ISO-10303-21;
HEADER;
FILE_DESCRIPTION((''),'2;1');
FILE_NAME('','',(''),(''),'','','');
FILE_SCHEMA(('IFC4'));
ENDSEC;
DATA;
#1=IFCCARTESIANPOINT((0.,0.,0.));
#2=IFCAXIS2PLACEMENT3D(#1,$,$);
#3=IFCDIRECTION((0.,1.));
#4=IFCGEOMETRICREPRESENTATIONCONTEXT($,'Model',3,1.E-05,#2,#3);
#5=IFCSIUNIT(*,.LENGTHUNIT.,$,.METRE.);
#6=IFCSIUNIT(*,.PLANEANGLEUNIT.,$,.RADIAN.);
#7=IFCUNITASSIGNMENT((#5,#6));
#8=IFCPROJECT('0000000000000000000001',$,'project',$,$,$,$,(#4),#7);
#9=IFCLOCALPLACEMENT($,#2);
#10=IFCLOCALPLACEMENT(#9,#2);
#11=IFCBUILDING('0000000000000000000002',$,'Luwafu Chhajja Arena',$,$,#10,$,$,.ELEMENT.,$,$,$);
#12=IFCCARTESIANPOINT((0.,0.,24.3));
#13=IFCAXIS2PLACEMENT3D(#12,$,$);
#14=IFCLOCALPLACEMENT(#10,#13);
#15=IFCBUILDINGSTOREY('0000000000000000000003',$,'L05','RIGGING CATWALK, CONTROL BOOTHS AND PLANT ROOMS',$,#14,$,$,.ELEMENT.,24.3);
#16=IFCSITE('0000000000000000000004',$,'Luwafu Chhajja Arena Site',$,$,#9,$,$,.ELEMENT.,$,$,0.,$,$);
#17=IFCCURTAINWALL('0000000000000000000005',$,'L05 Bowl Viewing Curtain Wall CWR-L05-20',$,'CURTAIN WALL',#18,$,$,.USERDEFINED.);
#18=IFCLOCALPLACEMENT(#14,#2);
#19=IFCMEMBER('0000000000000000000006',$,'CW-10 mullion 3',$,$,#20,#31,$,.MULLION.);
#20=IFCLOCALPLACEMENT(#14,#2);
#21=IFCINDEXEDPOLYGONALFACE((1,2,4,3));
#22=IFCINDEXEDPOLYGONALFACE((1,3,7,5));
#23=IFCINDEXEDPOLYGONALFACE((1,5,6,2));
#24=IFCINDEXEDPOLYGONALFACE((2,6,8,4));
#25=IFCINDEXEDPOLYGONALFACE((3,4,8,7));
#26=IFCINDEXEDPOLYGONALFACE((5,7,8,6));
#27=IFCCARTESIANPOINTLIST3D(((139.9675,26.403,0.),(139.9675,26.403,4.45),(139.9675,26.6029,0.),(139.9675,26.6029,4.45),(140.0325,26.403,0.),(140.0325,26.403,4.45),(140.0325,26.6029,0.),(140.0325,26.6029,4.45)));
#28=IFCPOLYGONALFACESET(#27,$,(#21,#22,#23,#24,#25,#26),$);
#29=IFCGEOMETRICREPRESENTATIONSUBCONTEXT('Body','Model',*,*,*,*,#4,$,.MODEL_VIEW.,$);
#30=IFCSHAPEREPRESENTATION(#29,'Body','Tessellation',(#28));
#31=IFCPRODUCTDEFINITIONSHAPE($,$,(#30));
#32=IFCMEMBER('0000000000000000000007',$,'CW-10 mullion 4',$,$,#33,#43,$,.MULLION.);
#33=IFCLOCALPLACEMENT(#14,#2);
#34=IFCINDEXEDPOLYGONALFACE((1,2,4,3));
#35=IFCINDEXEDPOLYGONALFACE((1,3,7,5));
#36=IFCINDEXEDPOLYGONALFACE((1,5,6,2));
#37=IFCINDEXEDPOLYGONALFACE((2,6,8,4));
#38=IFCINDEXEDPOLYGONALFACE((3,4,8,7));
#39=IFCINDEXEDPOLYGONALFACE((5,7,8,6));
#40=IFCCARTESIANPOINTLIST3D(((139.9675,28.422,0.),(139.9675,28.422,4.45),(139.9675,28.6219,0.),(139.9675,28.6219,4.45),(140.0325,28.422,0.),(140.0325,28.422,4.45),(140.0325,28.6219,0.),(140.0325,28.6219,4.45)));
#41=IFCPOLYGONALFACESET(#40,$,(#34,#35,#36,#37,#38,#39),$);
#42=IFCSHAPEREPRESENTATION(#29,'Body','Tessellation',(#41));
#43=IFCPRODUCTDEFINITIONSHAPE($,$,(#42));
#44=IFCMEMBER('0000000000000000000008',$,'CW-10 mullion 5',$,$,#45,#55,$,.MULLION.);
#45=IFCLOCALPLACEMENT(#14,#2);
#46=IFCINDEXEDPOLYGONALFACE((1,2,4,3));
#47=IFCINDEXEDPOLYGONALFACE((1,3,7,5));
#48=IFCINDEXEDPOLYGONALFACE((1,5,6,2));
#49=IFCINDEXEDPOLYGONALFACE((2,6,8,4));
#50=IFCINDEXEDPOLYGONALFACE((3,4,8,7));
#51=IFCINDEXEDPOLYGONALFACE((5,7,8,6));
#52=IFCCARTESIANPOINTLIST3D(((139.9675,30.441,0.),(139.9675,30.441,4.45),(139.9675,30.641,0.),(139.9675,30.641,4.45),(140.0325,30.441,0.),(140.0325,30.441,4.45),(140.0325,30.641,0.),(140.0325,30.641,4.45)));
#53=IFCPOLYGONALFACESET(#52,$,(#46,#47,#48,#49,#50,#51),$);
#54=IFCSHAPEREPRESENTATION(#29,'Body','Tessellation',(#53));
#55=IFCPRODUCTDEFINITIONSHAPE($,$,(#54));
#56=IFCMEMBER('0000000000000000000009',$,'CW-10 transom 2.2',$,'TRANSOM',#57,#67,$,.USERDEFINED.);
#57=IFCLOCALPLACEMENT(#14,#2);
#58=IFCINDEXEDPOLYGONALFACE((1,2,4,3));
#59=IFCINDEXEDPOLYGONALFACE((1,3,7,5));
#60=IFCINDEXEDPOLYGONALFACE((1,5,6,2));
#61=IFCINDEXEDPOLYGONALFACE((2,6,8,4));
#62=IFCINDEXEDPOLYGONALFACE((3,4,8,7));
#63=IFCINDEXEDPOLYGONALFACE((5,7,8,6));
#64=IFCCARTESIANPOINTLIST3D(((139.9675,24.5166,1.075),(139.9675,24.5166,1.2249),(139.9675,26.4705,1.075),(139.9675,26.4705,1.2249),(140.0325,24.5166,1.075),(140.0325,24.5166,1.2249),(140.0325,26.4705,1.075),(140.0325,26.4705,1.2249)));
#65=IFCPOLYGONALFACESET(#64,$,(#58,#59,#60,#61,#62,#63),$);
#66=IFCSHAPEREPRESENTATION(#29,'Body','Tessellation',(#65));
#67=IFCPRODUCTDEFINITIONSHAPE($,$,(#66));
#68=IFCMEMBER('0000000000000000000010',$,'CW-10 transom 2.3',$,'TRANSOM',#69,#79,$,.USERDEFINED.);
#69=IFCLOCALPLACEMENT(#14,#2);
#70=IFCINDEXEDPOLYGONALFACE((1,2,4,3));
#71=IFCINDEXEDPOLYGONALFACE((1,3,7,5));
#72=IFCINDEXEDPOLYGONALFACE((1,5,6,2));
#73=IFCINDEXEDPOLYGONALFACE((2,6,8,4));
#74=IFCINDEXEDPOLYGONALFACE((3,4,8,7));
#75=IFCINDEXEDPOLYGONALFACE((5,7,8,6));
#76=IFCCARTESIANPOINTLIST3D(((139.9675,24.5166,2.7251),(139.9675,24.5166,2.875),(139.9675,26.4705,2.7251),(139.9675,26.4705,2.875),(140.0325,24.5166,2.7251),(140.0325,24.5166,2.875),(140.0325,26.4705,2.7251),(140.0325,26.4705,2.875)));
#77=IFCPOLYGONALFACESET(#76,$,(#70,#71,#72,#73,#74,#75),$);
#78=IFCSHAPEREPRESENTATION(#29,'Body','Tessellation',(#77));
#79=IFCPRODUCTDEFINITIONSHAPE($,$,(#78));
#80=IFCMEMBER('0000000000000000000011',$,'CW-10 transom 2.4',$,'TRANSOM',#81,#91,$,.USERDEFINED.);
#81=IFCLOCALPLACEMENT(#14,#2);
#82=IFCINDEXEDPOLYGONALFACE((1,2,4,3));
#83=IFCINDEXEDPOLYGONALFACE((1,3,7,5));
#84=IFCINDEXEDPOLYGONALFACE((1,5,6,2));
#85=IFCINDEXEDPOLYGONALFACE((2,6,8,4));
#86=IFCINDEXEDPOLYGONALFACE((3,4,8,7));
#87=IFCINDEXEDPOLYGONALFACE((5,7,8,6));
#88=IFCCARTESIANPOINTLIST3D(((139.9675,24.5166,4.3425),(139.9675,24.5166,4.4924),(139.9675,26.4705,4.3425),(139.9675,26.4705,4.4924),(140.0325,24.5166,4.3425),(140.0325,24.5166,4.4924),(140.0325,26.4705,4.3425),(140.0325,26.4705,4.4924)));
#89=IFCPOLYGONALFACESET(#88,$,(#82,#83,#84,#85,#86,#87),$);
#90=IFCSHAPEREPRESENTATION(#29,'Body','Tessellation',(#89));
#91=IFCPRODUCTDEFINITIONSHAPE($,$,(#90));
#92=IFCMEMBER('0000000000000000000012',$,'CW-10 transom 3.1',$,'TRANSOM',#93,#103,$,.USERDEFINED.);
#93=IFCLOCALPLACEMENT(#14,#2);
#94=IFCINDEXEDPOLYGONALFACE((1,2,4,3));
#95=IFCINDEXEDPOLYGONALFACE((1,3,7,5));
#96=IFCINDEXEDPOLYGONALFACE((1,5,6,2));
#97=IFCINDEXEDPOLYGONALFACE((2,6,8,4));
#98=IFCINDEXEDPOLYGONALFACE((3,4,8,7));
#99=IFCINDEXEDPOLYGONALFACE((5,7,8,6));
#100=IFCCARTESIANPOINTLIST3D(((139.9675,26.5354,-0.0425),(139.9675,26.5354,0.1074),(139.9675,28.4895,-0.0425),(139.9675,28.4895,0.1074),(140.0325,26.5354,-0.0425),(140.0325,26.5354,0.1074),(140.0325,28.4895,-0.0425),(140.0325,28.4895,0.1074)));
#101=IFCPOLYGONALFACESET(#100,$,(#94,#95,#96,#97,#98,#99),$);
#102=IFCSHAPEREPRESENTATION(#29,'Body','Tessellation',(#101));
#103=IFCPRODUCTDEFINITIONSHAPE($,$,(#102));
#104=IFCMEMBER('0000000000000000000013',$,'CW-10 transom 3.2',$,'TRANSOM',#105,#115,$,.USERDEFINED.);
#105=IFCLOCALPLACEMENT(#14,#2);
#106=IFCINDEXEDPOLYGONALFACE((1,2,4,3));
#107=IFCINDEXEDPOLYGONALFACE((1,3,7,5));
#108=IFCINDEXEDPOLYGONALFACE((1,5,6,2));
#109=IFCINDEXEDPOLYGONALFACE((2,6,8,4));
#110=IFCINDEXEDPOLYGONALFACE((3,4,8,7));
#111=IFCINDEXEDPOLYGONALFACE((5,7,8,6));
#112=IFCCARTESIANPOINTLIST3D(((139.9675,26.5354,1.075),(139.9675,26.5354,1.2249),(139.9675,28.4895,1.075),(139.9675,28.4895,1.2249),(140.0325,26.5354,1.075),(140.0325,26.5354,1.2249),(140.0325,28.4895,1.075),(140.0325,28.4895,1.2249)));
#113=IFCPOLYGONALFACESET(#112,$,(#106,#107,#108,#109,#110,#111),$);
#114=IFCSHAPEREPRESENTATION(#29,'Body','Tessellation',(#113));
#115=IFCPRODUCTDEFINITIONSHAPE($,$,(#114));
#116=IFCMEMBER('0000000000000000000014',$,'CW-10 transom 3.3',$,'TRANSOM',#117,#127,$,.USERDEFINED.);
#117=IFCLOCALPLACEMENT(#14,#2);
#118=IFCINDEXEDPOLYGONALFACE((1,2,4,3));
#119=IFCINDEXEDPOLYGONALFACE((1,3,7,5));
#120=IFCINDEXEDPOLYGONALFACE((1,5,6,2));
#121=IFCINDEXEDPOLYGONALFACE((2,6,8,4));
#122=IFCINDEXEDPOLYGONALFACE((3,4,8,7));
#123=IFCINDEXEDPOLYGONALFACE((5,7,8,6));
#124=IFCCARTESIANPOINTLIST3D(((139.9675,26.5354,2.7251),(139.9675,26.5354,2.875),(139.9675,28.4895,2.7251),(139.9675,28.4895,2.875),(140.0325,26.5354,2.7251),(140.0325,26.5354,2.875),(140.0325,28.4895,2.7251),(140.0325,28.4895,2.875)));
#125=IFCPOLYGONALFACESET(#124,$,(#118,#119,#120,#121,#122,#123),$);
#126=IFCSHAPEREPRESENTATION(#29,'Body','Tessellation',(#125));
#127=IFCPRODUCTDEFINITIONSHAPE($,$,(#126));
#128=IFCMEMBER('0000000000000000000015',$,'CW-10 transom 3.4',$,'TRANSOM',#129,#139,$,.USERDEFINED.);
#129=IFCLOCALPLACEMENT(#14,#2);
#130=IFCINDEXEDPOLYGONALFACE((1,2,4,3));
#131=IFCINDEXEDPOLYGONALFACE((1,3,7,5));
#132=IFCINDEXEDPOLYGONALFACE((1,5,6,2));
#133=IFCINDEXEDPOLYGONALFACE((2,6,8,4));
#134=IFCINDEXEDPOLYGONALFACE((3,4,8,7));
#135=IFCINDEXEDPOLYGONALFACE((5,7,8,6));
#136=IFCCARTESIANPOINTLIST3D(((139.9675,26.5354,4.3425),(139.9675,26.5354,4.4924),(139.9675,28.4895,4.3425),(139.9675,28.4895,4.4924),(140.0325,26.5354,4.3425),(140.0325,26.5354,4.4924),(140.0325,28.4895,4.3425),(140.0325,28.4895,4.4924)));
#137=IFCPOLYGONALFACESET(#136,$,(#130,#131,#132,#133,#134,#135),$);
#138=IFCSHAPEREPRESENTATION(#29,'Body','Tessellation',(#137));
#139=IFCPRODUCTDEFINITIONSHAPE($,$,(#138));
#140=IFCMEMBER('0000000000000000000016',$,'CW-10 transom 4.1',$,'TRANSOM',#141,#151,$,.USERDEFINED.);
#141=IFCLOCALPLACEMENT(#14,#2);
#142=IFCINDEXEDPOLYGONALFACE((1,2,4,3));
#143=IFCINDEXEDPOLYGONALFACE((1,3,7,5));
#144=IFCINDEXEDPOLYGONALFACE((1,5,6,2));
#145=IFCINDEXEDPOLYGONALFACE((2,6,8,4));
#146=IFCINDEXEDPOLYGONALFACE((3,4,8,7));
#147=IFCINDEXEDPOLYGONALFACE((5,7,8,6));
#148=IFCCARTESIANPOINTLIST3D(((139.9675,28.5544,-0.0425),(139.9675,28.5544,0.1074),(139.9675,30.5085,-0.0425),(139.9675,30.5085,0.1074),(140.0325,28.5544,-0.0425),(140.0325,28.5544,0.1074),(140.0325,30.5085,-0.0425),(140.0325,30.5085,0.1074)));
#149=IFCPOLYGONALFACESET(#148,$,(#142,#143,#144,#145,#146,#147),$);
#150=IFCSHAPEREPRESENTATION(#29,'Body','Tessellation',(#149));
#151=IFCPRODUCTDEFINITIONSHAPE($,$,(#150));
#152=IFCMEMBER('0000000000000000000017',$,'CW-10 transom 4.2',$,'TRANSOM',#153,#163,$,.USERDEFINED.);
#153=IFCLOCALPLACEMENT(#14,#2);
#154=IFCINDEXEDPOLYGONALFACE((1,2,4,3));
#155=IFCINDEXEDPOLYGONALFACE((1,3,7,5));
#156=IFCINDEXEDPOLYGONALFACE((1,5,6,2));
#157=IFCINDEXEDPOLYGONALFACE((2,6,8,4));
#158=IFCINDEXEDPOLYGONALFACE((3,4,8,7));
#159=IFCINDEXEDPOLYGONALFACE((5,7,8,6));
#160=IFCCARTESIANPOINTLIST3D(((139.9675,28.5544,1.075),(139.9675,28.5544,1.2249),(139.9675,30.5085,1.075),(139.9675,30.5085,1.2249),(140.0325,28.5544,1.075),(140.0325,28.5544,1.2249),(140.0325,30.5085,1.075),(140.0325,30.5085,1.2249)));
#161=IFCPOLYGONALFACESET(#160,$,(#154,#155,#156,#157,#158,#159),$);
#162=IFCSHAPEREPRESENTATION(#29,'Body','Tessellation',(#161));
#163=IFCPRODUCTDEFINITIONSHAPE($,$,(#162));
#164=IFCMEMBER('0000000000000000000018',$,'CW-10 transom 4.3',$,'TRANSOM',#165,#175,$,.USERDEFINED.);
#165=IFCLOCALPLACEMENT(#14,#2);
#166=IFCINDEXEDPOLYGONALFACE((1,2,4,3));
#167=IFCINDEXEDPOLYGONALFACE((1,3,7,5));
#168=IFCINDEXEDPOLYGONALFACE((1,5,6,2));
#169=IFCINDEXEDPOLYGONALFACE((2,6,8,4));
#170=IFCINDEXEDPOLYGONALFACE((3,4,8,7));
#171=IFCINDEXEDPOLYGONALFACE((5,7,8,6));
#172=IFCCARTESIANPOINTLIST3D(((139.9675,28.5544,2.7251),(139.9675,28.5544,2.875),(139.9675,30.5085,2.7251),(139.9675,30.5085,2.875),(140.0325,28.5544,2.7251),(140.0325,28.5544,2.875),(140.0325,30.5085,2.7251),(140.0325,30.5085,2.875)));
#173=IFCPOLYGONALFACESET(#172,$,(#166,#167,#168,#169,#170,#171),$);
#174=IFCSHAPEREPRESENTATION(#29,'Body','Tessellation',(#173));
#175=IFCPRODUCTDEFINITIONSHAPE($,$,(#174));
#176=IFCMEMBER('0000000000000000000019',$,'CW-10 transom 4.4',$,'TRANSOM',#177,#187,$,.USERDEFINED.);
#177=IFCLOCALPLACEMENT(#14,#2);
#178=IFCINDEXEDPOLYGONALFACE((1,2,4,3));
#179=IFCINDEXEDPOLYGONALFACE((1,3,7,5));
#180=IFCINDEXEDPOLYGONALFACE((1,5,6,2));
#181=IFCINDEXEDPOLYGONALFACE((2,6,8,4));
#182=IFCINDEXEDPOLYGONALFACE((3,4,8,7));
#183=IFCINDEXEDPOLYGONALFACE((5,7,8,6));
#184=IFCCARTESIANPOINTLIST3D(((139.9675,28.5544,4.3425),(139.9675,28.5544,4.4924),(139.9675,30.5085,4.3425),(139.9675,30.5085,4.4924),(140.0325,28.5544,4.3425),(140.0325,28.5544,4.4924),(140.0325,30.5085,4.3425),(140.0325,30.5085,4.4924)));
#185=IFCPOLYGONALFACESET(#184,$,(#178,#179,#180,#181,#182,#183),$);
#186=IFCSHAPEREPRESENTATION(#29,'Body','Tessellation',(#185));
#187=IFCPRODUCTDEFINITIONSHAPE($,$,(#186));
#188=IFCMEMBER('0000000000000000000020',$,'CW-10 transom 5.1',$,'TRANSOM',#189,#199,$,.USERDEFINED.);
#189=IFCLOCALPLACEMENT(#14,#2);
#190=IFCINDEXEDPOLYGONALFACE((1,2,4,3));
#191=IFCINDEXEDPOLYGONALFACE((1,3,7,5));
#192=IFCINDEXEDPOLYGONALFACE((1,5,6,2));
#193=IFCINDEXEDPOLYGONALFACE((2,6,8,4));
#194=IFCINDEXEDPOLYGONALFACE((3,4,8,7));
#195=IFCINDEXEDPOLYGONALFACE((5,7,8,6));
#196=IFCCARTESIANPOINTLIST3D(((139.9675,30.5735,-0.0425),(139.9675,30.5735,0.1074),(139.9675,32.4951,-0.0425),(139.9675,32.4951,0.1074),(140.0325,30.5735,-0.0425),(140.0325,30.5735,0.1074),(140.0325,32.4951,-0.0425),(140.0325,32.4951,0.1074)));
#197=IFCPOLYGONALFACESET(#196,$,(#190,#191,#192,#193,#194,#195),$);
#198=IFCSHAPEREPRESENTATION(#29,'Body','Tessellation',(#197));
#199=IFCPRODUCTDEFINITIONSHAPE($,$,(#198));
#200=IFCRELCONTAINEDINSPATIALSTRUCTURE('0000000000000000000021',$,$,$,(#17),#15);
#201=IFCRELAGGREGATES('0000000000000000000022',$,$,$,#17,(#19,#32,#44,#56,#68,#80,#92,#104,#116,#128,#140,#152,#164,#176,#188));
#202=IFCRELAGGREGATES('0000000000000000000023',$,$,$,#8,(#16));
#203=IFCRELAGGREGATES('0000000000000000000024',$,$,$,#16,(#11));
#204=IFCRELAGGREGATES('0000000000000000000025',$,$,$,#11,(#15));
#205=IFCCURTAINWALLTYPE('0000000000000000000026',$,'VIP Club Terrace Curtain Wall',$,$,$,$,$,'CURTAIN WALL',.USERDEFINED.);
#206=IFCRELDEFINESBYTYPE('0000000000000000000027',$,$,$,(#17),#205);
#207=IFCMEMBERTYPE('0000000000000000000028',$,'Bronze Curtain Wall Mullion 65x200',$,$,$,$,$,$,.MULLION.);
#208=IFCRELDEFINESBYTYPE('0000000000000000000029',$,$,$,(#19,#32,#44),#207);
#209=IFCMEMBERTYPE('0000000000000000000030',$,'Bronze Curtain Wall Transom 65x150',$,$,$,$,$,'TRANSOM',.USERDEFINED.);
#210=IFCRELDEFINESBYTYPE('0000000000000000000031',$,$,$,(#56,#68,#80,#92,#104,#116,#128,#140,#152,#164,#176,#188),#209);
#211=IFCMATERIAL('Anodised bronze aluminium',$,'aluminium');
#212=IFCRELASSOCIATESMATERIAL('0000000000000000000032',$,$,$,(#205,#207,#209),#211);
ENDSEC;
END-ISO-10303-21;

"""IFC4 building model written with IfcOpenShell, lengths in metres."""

from ifc_helpers import new_model, si_unit, direction, frame, origin, origin_2d, place, context, subcontext, project, spatial, rectangle, extrude, material, material_profile, profile_set, type_object, element, aggregate, save


model = new_model("IFC4")

# Units and contexts
model_context = context("Model", 3, precision=1e-05, world=origin(), true_north=direction((0.0, 1.0)))
body_context = subcontext(model_context, "Body", "Model", "MODEL_VIEW")
ifc_project = project(units=[si_unit("LENGTHUNIT", "METRE"), si_unit("PLANEANGLEUNIT", "RADIAN")], contexts=[model_context])

# Site, building, storey
site_placement = place(None, origin())
site = spatial("IfcSite", under=ifc_project, at=site_placement, Name="Luwafu Chhajja Arena Site", CompositionType="ELEMENT", RefElevation=0.0)
building_placement = place(site_placement, origin())
building = spatial("IfcBuilding", under=site, at=building_placement, Name="Luwafu Chhajja Arena", CompositionType="ELEMENT")
storey_placement = place(building_placement, frame((0.0, 0.0, 24.3)))
storey = spatial("IfcBuildingStorey", under=building, at=storey_placement, Name="L05", Description="RIGGING CATWALK, CONTROL BOOTHS AND PLANT ROOMS", CompositionType="ELEMENT", Elevation=24.3)

# Curtain wall, members
ifc_material_1 = material(Name="Anodised bronze aluminium", Category="aluminium")
curtain_wall_type = type_object("IfcCurtainWallType", Name="VIP Club Terrace Curtain Wall", ElementType="CURTAIN WALL", PredefinedType="USERDEFINED", material=ifc_material_1)
curtain_wall_placement = place(storey_placement, origin())
curtain_wall = element("IfcCurtainWall", 1, at=curtain_wall_placement, inside=storey, type_object=curtain_wall_type, Name="L05 Bowl Viewing Curtain Wall CWR-L05-20", ObjectType="CURTAIN WALL", PredefinedType="USERDEFINED")
ifc_material_profile_1 = material_profile(ifc_material_1, rectangle(XDim=0.0649, YDim=0.2, at=origin_2d()), Name="CWM 65x200")
ifc_profile_set_1 = profile_set([ifc_material_profile_1], Name="Anodised bronze aluminium")
member_type_1 = type_object("IfcMemberType", Name="Bronze Curtain Wall Mullion 65x200", PredefinedType="MULLION", material=ifc_profile_set_1)
member_1_placement = place(storey_placement, frame((140.0, 26.5029, 0.0), z_axis=(0.0, 0.0, 1.0), x_axis=(-1.0, 0.0, 0.0)))
member_1 = element("IfcMember", 2, at=member_1_placement, type_object=member_type_1, Name="CW-10 mullion 3", PredefinedType="MULLION", context=body_context, shape_type="SweptSolid", body=[
    extrude(rectangle(XDim=0.0649, YDim=0.2, at=origin_2d()), origin(), (0.0, 0.0, 1.0), 4.45),
])
member_2_placement = place(storey_placement, frame((140.0, 28.522, 0.0), z_axis=(0.0, 0.0, 1.0), x_axis=(-1.0, 0.0, 0.0)))
member_2 = element("IfcMember", 3, at=member_2_placement, type_object=member_type_1, Name="CW-10 mullion 4", PredefinedType="MULLION", context=body_context, shape_type="SweptSolid", body=[
    extrude(rectangle(XDim=0.0649, YDim=0.2, at=origin_2d()), origin(), (0.0, 0.0, 1.0), 4.45),
])
member_3_placement = place(storey_placement, frame((140.0, 30.541, 0.0), z_axis=(0.0, 0.0, 1.0), x_axis=(-1.0, 0.0, 0.0)))
member_3 = element("IfcMember", 4, at=member_3_placement, type_object=member_type_1, Name="CW-10 mullion 5", PredefinedType="MULLION", context=body_context, shape_type="SweptSolid", body=[
    extrude(rectangle(XDim=0.0649, YDim=0.2, at=origin_2d()), origin(), (0.0, 0.0, 1.0), 4.45),
])
ifc_material_profile_2 = material_profile(ifc_material_1, rectangle(XDim=0.0649, YDim=0.1499, at=origin_2d()), Name="CWT 65x150")
ifc_profile_set_2 = profile_set([ifc_material_profile_2], Name="Anodised bronze aluminium")
member_type_2 = type_object("IfcMemberType", Name="Bronze Curtain Wall Transom 65x150", ElementType="TRANSOM", PredefinedType="USERDEFINED", material=ifc_profile_set_2)
member_4_placement = place(storey_placement, frame((140.0, 24.5166, 1.1499), z_axis=(0.0, 1.0, 0.0), x_axis=(-1.0, 0.0, 0.0)))
member_4 = element("IfcMember", 5, at=member_4_placement, type_object=member_type_2, Name="CW-10 transom 2.2", ObjectType="TRANSOM", PredefinedType="USERDEFINED", context=body_context, shape_type="SweptSolid", body=[
    extrude(rectangle(XDim=0.0649, YDim=0.1499, at=origin_2d()), origin(), (0.0, 0.0, 1.0), 1.9539),
])
member_5_placement = place(storey_placement, frame((140.0, 24.5166, 2.8), z_axis=(0.0, 1.0, 0.0), x_axis=(-1.0, 0.0, 0.0)))
member_5 = element("IfcMember", 6, at=member_5_placement, type_object=member_type_2, Name="CW-10 transom 2.3", ObjectType="TRANSOM", PredefinedType="USERDEFINED", context=body_context, shape_type="SweptSolid", body=[
    extrude(rectangle(XDim=0.0649, YDim=0.1499, at=origin_2d()), origin(), (0.0, 0.0, 1.0), 1.9539),
])
member_6_placement = place(storey_placement, frame((140.0, 24.5166, 4.4175), z_axis=(0.0, 1.0, 0.0), x_axis=(-1.0, 0.0, 0.0)))
member_6 = element("IfcMember", 7, at=member_6_placement, type_object=member_type_2, Name="CW-10 transom 2.4", ObjectType="TRANSOM", PredefinedType="USERDEFINED", context=body_context, shape_type="SweptSolid", body=[
    extrude(rectangle(XDim=0.0649, YDim=0.1499, at=origin_2d()), origin(), (0.0, 0.0, 1.0), 1.9539),
])
member_7_placement = place(storey_placement, frame((140.0, 26.5354, 0.0325), z_axis=(0.0, 1.0, 0.0), x_axis=(-1.0, 0.0, 0.0)))
member_7 = element("IfcMember", 8, at=member_7_placement, type_object=member_type_2, Name="CW-10 transom 3.1", ObjectType="TRANSOM", PredefinedType="USERDEFINED", context=body_context, shape_type="SweptSolid", body=[
    extrude(rectangle(XDim=0.0649, YDim=0.1499, at=origin_2d()), origin(), (0.0, 0.0, 1.0), 1.9541),
])
member_8_placement = place(storey_placement, frame((140.0, 26.5354, 1.1499), z_axis=(0.0, 1.0, 0.0), x_axis=(-1.0, 0.0, 0.0)))
member_8 = element("IfcMember", 9, at=member_8_placement, type_object=member_type_2, Name="CW-10 transom 3.2", ObjectType="TRANSOM", PredefinedType="USERDEFINED", context=body_context, shape_type="SweptSolid", body=[
    extrude(rectangle(XDim=0.0649, YDim=0.1499, at=origin_2d()), origin(), (0.0, 0.0, 1.0), 1.9541),
])
member_9_placement = place(storey_placement, frame((140.0, 26.5354, 2.8), z_axis=(0.0, 1.0, 0.0), x_axis=(-1.0, 0.0, 0.0)))
member_9 = element("IfcMember", 10, at=member_9_placement, type_object=member_type_2, Name="CW-10 transom 3.3", ObjectType="TRANSOM", PredefinedType="USERDEFINED", context=body_context, shape_type="SweptSolid", body=[
    extrude(rectangle(XDim=0.0649, YDim=0.1499, at=origin_2d()), origin(), (0.0, 0.0, 1.0), 1.9541),
])
member_10_placement = place(storey_placement, frame((140.0, 26.5354, 4.4175), z_axis=(0.0, 1.0, 0.0), x_axis=(-1.0, 0.0, 0.0)))
member_10 = element("IfcMember", 11, at=member_10_placement, type_object=member_type_2, Name="CW-10 transom 3.4", ObjectType="TRANSOM", PredefinedType="USERDEFINED", context=body_context, shape_type="SweptSolid", body=[
    extrude(rectangle(XDim=0.0649, YDim=0.1499, at=origin_2d()), origin(), (0.0, 0.0, 1.0), 1.9541),
])
member_11_placement = place(storey_placement, frame((140.0, 28.5544, 0.0325), z_axis=(0.0, 1.0, 0.0), x_axis=(-1.0, 0.0, 0.0)))
member_11 = element("IfcMember", 12, at=member_11_placement, type_object=member_type_2, Name="CW-10 transom 4.1", ObjectType="TRANSOM", PredefinedType="USERDEFINED", context=body_context, shape_type="SweptSolid", body=[
    extrude(rectangle(XDim=0.0649, YDim=0.1499, at=origin_2d()), origin(), (0.0, 0.0, 1.0), 1.9541),
])
member_12_placement = place(storey_placement, frame((140.0, 28.5544, 1.1499), z_axis=(0.0, 1.0, 0.0), x_axis=(-1.0, 0.0, 0.0)))
member_12 = element("IfcMember", 13, at=member_12_placement, type_object=member_type_2, Name="CW-10 transom 4.2", ObjectType="TRANSOM", PredefinedType="USERDEFINED", context=body_context, shape_type="SweptSolid", body=[
    extrude(rectangle(XDim=0.0649, YDim=0.1499, at=origin_2d()), origin(), (0.0, 0.0, 1.0), 1.9541),
])
member_13_placement = place(storey_placement, frame((140.0, 28.5544, 2.8), z_axis=(0.0, 1.0, 0.0), x_axis=(-1.0, 0.0, 0.0)))
member_13 = element("IfcMember", 14, at=member_13_placement, type_object=member_type_2, Name="CW-10 transom 4.3", ObjectType="TRANSOM", PredefinedType="USERDEFINED", context=body_context, shape_type="SweptSolid", body=[
    extrude(rectangle(XDim=0.0649, YDim=0.1499, at=origin_2d()), origin(), (0.0, 0.0, 1.0), 1.9541),
])
member_14_placement = place(storey_placement, frame((140.0, 28.5544, 4.4175), z_axis=(0.0, 1.0, 0.0), x_axis=(-1.0, 0.0, 0.0)))
member_14 = element("IfcMember", 15, at=member_14_placement, type_object=member_type_2, Name="CW-10 transom 4.4", ObjectType="TRANSOM", PredefinedType="USERDEFINED", context=body_context, shape_type="SweptSolid", body=[
    extrude(rectangle(XDim=0.0649, YDim=0.1499, at=origin_2d()), origin(), (0.0, 0.0, 1.0), 1.9541),
])
member_15_placement = place(storey_placement, frame((140.0, 30.5735, 0.0325), z_axis=(0.0, 1.0, 0.0), x_axis=(-1.0, 0.0, 0.0)))
member_15 = element("IfcMember", 16, at=member_15_placement, type_object=member_type_2, Name="CW-10 transom 5.1", ObjectType="TRANSOM", PredefinedType="USERDEFINED", context=body_context, shape_type="SweptSolid", body=[
    extrude(rectangle(XDim=0.0649, YDim=0.1499, at=origin_2d()), origin(), (0.0, 0.0, 1.0), 1.9216),
])
aggregate(curtain_wall, [member_1, member_2, member_3, member_4, member_5, member_6, member_7, member_8, member_9, member_10, member_11, member_12, member_13, member_14, member_15])

save(model, "model.ifc")
